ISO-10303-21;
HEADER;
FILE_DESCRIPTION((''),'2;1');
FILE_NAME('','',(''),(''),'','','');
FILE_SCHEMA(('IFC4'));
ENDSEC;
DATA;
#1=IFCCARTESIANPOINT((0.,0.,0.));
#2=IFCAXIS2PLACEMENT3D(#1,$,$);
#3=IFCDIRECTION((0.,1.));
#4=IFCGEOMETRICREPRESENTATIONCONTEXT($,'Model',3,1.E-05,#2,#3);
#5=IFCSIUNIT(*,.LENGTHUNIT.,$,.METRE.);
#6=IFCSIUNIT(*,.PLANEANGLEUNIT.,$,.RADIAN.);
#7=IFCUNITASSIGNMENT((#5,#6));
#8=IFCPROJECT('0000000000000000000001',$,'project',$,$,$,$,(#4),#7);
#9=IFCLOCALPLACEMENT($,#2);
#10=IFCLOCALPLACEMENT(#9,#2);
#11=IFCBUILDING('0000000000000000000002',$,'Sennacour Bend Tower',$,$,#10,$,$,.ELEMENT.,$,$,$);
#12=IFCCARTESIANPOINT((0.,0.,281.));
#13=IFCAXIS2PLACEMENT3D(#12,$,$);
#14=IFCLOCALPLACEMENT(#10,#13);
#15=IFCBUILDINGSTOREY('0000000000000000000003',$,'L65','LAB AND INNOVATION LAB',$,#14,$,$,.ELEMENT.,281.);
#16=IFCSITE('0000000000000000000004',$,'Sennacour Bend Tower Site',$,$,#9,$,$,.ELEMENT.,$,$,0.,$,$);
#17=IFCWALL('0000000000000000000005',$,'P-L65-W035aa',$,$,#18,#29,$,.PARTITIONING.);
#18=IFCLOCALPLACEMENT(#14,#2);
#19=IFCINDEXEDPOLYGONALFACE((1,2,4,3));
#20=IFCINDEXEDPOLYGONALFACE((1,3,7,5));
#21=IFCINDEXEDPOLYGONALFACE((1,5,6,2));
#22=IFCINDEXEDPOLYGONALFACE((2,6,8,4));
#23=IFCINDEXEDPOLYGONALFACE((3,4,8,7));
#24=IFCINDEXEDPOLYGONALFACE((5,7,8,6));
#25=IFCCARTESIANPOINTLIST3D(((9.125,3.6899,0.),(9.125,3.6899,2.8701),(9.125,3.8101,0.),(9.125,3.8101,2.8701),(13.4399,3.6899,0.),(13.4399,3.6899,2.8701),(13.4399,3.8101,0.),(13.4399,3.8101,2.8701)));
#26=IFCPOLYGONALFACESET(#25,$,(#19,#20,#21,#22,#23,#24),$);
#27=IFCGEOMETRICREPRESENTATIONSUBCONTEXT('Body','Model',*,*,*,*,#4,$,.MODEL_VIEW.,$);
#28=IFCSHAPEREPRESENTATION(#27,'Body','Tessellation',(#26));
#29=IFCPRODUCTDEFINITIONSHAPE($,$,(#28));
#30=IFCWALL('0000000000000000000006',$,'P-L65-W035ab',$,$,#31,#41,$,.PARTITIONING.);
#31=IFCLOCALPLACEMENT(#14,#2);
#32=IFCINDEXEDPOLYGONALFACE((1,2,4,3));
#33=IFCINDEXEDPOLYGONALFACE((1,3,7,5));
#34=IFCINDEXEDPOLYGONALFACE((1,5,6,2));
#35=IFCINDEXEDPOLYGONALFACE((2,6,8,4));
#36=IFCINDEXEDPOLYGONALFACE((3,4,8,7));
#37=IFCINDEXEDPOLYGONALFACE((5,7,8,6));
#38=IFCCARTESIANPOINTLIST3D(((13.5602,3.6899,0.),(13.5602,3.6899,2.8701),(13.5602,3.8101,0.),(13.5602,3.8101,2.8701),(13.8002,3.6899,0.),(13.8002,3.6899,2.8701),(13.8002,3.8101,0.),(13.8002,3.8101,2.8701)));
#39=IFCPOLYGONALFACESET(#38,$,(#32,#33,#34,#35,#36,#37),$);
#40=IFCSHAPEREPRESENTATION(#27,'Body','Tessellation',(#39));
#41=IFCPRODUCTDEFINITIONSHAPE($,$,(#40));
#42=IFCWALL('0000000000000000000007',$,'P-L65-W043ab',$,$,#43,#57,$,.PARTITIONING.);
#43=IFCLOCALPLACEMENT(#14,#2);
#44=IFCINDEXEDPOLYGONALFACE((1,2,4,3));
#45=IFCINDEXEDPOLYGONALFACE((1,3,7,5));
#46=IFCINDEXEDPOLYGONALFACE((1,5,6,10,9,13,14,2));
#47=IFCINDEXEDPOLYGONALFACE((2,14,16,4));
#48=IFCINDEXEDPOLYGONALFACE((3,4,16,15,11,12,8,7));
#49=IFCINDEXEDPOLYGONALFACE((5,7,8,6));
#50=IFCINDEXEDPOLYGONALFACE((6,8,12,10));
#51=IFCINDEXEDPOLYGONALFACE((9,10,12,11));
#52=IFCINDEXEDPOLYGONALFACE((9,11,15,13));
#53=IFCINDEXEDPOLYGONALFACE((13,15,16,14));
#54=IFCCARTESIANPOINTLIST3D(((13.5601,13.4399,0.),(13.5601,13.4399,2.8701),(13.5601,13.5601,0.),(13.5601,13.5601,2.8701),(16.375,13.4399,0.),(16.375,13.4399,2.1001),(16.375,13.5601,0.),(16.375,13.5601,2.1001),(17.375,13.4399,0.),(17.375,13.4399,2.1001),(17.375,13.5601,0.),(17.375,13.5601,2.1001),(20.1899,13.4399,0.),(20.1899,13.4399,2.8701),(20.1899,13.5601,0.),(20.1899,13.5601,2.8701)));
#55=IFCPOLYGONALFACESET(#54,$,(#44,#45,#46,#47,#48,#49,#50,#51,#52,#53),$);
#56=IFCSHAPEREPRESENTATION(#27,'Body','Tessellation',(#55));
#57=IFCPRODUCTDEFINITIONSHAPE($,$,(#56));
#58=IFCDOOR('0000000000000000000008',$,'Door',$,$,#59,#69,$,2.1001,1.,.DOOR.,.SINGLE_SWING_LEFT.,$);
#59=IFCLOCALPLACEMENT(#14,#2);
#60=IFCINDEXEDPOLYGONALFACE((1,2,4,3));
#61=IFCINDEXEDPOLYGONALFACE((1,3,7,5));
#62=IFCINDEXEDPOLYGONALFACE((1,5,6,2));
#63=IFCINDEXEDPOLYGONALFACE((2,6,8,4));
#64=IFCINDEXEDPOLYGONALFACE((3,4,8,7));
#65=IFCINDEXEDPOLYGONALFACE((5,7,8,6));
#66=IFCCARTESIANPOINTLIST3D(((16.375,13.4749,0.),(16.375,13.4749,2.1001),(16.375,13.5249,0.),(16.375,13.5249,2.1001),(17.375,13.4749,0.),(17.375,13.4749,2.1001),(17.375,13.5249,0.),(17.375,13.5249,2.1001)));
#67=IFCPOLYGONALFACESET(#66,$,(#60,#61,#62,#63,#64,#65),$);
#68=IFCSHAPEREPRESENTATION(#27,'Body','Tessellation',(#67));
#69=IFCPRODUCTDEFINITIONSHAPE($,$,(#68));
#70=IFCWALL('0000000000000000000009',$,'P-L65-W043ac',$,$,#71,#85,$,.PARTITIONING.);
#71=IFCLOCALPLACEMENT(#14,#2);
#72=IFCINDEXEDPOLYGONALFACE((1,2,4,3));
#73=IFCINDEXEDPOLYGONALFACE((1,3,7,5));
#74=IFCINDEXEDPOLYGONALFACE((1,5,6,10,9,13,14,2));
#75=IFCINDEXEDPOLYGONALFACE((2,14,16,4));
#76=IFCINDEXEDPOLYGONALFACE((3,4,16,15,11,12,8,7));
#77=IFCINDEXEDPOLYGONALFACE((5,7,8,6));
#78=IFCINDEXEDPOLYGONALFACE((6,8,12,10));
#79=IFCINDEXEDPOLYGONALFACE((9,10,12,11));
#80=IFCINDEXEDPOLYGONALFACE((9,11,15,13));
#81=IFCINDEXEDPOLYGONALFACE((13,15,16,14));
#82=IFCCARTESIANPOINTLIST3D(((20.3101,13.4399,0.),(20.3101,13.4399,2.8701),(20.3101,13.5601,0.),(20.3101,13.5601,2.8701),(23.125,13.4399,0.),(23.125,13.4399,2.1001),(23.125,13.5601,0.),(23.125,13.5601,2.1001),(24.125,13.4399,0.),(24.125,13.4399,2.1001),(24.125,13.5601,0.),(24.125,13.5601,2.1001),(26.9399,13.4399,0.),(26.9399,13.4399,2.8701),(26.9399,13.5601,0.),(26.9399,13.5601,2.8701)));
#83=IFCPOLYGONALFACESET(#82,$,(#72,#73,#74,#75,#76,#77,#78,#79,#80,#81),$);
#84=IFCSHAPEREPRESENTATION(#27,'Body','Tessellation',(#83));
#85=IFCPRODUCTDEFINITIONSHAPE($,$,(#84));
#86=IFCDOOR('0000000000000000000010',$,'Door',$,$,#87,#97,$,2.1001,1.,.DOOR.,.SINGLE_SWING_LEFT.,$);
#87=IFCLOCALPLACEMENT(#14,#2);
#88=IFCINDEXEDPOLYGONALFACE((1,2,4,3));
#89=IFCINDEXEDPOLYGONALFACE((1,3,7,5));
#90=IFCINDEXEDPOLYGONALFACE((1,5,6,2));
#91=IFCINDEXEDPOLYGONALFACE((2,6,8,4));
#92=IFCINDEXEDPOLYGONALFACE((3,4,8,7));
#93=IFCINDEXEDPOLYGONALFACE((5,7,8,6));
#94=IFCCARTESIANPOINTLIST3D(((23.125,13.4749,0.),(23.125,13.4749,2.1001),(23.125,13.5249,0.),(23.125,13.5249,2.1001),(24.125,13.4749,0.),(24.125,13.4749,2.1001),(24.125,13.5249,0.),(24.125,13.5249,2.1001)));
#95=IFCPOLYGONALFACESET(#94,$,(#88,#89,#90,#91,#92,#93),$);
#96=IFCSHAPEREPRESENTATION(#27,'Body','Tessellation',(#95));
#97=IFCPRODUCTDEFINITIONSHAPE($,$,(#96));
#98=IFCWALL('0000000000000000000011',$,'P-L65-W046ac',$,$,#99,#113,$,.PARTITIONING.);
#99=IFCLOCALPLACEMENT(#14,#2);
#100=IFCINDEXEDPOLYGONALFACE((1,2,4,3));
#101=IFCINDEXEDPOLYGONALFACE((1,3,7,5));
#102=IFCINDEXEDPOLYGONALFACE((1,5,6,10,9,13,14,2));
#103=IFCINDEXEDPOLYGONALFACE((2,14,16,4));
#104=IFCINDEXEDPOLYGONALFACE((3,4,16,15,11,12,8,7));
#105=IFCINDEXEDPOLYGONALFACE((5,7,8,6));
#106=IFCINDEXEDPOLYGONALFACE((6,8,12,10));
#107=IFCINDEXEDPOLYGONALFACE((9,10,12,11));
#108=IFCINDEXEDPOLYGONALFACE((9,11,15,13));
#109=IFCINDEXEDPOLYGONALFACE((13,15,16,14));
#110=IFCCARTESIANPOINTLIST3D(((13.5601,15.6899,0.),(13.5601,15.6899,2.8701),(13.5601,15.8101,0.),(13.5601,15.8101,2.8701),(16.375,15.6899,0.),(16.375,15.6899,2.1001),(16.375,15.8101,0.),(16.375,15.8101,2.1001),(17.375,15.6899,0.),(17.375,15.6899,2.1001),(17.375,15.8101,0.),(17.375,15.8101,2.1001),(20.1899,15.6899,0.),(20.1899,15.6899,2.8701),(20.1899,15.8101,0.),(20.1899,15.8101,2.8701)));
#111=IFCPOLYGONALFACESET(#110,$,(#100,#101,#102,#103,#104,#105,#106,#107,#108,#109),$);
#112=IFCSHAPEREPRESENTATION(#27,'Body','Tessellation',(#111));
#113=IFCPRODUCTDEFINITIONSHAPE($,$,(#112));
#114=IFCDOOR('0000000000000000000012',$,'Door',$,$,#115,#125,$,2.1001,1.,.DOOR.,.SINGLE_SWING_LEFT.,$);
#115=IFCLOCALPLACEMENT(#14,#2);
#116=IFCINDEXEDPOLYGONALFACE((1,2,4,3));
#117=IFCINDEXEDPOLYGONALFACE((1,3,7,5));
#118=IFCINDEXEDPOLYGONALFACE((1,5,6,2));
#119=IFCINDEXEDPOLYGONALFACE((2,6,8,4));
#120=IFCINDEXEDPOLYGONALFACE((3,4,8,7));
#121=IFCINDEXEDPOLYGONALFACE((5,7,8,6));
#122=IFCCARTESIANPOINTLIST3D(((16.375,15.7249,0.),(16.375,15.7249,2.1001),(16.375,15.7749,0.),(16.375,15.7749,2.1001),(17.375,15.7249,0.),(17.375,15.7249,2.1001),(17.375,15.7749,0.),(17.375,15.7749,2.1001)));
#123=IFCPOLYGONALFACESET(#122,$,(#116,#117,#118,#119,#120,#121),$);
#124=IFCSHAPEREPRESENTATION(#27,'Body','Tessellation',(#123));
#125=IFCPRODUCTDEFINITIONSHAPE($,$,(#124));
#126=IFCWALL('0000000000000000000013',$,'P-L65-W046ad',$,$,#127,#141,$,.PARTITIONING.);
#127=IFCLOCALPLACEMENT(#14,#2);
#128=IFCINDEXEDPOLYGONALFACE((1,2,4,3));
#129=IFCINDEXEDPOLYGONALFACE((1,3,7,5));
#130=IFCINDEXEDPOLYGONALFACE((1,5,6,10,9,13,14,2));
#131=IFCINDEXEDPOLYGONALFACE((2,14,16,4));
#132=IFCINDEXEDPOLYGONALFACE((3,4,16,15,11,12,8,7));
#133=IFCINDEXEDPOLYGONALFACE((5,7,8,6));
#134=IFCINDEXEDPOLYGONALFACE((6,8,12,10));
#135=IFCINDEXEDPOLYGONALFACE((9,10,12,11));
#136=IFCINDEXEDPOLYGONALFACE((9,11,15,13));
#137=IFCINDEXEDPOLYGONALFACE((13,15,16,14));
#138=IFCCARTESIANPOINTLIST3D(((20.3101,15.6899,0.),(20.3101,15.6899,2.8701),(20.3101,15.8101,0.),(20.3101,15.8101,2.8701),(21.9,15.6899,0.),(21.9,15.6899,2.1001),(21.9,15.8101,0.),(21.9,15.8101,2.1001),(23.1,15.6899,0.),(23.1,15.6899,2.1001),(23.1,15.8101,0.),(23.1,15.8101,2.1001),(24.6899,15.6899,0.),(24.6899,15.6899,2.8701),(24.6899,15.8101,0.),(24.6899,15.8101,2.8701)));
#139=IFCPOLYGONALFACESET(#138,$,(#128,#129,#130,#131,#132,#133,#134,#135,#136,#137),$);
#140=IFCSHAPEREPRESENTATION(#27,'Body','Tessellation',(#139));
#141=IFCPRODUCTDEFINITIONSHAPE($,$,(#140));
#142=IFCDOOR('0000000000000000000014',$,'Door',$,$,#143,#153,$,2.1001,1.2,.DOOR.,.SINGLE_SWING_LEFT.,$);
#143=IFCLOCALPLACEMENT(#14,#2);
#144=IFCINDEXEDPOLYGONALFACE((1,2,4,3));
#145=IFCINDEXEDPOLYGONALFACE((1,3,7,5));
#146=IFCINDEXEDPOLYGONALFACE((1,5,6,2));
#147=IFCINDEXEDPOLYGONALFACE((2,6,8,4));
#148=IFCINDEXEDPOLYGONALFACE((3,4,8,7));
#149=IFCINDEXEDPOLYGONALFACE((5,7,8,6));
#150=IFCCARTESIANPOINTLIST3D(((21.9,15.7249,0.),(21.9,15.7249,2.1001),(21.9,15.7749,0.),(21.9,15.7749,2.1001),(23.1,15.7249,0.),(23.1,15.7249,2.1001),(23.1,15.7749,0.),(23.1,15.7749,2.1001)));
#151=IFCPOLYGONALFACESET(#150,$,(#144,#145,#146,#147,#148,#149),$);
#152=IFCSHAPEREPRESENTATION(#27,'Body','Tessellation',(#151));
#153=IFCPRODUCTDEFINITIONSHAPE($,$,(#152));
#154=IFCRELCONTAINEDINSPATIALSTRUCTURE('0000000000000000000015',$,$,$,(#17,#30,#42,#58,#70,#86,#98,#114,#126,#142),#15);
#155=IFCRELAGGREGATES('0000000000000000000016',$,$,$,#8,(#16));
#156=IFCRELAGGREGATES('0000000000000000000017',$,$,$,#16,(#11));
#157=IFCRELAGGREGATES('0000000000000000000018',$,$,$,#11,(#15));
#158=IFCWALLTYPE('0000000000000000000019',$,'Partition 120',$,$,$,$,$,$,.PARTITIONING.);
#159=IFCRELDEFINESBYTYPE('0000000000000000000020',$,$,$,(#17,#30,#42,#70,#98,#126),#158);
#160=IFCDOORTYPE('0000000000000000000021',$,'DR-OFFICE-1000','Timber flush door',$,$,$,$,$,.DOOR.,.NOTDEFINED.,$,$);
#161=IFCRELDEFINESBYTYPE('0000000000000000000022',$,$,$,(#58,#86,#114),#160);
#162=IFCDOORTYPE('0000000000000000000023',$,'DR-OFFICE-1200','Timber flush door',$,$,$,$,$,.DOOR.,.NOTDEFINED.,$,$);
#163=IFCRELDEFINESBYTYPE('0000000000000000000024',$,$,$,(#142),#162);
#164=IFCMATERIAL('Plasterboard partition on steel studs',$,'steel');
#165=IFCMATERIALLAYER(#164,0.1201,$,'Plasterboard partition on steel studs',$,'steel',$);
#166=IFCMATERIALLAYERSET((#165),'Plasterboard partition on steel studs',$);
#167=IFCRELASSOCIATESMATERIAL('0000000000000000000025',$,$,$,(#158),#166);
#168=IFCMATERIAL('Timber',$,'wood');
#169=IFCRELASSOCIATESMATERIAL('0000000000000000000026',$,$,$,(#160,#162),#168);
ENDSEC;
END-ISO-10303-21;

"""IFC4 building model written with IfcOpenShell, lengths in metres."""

from ifc_helpers import new_model, si_unit, direction, frame, frame_2d, origin, place, context, subcontext, project, spatial, rectangle, extrude, material, layer, layer_set, type_object, element, fill, save


model = new_model("IFC4")

# Units and contexts
model_context = context("Model", 3, precision=1e-05, world=origin(), true_north=direction((0.0, 1.0)))
body_context = subcontext(model_context, "Body", "Model", "MODEL_VIEW")
ifc_project = project(units=[si_unit("LENGTHUNIT", "METRE"), si_unit("PLANEANGLEUNIT", "RADIAN")], contexts=[model_context])

# Site, building, storey
site_placement = place(None, origin())
site = spatial("IfcSite", under=ifc_project, at=site_placement, Name="Sennacour Bend Tower Site", CompositionType="ELEMENT", RefElevation=0.0)
building_placement = place(site_placement, origin())
building = spatial("IfcBuilding", under=site, at=building_placement, Name="Sennacour Bend Tower", CompositionType="ELEMENT")
storey_placement = place(building_placement, frame((0.0, 0.0, 281.0)))
storey = spatial("IfcBuildingStorey", under=building, at=storey_placement, Name="L65", Description="LAB AND INNOVATION LAB", CompositionType="ELEMENT", Elevation=281.0)

# Walls
ifc_material_1 = material(Name="Plasterboard partition on steel studs", Category="steel")
ifc_layer_1 = layer(ifc_material_1, 0.1201, Name="Plasterboard partition on steel studs", Category="steel")
ifc_layer_set_1 = layer_set([ifc_layer_1], Name="Plasterboard partition on steel studs")
wall_type_1 = type_object("IfcWallType", Name="Partition 120", PredefinedType="PARTITIONING", material=ifc_layer_set_1)
wall_1_placement = place(storey_placement, frame((9.125, 3.75, 0.0), z_axis=(0.0, 0.0, 1.0), x_axis=(1.0, 0.0, 0.0)))
element("IfcWall", 1, at=wall_1_placement, inside=storey, type_object=wall_type_1, Name="P-L65-W035aa", PredefinedType="PARTITIONING", context=body_context, shape_type="SweptSolid", body=[
    extrude(rectangle(XDim=4.3149, YDim=0.1201, at=frame_2d((2.1575, 0.0))), origin(), (0.0, 0.0, 1.0), 2.8701),
])
wall_2_placement = place(storey_placement, frame((13.5601, 3.75, 0.0), z_axis=(0.0, 0.0, 1.0), x_axis=(1.0, 0.0, 0.0)))
element("IfcWall", 2, at=wall_2_placement, inside=storey, type_object=wall_type_1, Name="P-L65-W035ab", PredefinedType="PARTITIONING", context=body_context, shape_type="SweptSolid", body=[
    extrude(rectangle(XDim=0.24, YDim=0.1201, at=frame_2d((0.1201, 0.0))), origin(), (0.0, 0.0, 1.0), 2.8701),
])

# Walls, openings, doors
wall_3_placement = place(storey_placement, frame((13.5601, 13.5, 0.0), z_axis=(0.0, 0.0, 1.0), x_axis=(1.0, 0.0, 0.0)))
wall_3 = element("IfcWall", 3, at=wall_3_placement, inside=storey, type_object=wall_type_1, Name="P-L65-W043ab", PredefinedType="PARTITIONING", context=body_context, shape_type="SweptSolid", body=[
    extrude(rectangle(XDim=6.6299, YDim=0.1201, at=frame_2d((3.3149, 0.0))), origin(), (0.0, 0.0, 1.0), 2.8701),
])
opening_1_placement = place(wall_3_placement, frame((2.8149, 0.0, 0.0)))
opening_1 = element("IfcOpeningElement", 4, at=opening_1_placement, cuts=wall_3, PredefinedType="OPENING", context=body_context, shape_type="SweptSolid", body=[
    extrude(rectangle(XDim=1.0, YDim=2.1001, at=frame_2d((0.5, 1.05))), frame((0.0, 0.0701, 0.0), z_axis=(0.0, -1.0, 0.0), x_axis=(1.0, 0.0, 0.0)), (0.0, 0.0, 1.0), 0.1401),
])
ifc_material_2 = material(Name="Timber", Category="wood")
door_type_1 = type_object("IfcDoorType", Name="DR-OFFICE-1000", Description="Timber flush door", OperationType="NOTDEFINED", PredefinedType="DOOR", material=ifc_material_2)
door_1_placement = place(opening_1_placement, origin())
door_1 = element("IfcDoor", 5, at=door_1_placement, inside=storey, type_object=door_type_1, Name="Door", OperationType="SINGLE_SWING_LEFT", OverallHeight=2.1001, OverallWidth=1.0, PredefinedType="DOOR", context=body_context, shape_type="SweptSolid", body=[
    extrude(rectangle(XDim=1.0, YDim=2.1001, at=frame_2d((0.5, 1.05))), frame((0.0, 0.0249, 0.0), z_axis=(0.0, -1.0, 0.0), x_axis=(1.0, 0.0, 0.0)), (0.0, 0.0, 1.0), 0.05),
])
fill(opening_1, door_1)
wall_4_placement = place(storey_placement, frame((20.3101, 13.5, 0.0), z_axis=(0.0, 0.0, 1.0), x_axis=(1.0, 0.0, 0.0)))
wall_4 = element("IfcWall", 6, at=wall_4_placement, inside=storey, type_object=wall_type_1, Name="P-L65-W043ac", PredefinedType="PARTITIONING", context=body_context, shape_type="SweptSolid", body=[
    extrude(rectangle(XDim=6.6299, YDim=0.1201, at=frame_2d((3.3149, 0.0))), origin(), (0.0, 0.0, 1.0), 2.8701),
])
opening_2_placement = place(wall_4_placement, frame((2.8149, 0.0, 0.0)))
opening_2 = element("IfcOpeningElement", 7, at=opening_2_placement, cuts=wall_4, PredefinedType="OPENING", context=body_context, shape_type="SweptSolid", body=[
    extrude(rectangle(XDim=1.0, YDim=2.1001, at=frame_2d((0.5, 1.05))), frame((0.0, 0.0701, 0.0), z_axis=(0.0, -1.0, 0.0), x_axis=(1.0, 0.0, 0.0)), (0.0, 0.0, 1.0), 0.1401),
])
door_2_placement = place(opening_2_placement, origin())
door_2 = element("IfcDoor", 8, at=door_2_placement, inside=storey, type_object=door_type_1, Name="Door", OperationType="SINGLE_SWING_LEFT", OverallHeight=2.1001, OverallWidth=1.0, PredefinedType="DOOR", context=body_context, shape_type="SweptSolid", body=[
    extrude(rectangle(XDim=1.0, YDim=2.1001, at=frame_2d((0.5, 1.05))), frame((0.0, 0.0249, 0.0), z_axis=(0.0, -1.0, 0.0), x_axis=(1.0, 0.0, 0.0)), (0.0, 0.0, 1.0), 0.05),
])
fill(opening_2, door_2)
wall_5_placement = place(storey_placement, frame((13.5601, 15.75, 0.0), z_axis=(0.0, 0.0, 1.0), x_axis=(1.0, 0.0, 0.0)))
wall_5 = element("IfcWall", 9, at=wall_5_placement, inside=storey, type_object=wall_type_1, Name="P-L65-W046ac", PredefinedType="PARTITIONING", context=body_context, shape_type="SweptSolid", body=[
    extrude(rectangle(XDim=6.6299, YDim=0.1201, at=frame_2d((3.3149, 0.0))), origin(), (0.0, 0.0, 1.0), 2.8701),
])
opening_3_placement = place(wall_5_placement, frame((2.8149, 0.0, 0.0)))
opening_3 = element("IfcOpeningElement", 10, at=opening_3_placement, cuts=wall_5, PredefinedType="OPENING", context=body_context, shape_type="SweptSolid", body=[
    extrude(rectangle(XDim=1.0, YDim=2.1001, at=frame_2d((0.5, 1.05))), frame((0.0, 0.0701, 0.0), z_axis=(0.0, -1.0, 0.0), x_axis=(1.0, 0.0, 0.0)), (0.0, 0.0, 1.0), 0.1401),
])
door_3_placement = place(opening_3_placement, origin())
door_3 = element("IfcDoor", 11, at=door_3_placement, inside=storey, type_object=door_type_1, Name="Door", OperationType="SINGLE_SWING_LEFT", OverallHeight=2.1001, OverallWidth=1.0, PredefinedType="DOOR", context=body_context, shape_type="SweptSolid", body=[
    extrude(rectangle(XDim=1.0, YDim=2.1001, at=frame_2d((0.5, 1.05))), frame((0.0, 0.0249, 0.0), z_axis=(0.0, -1.0, 0.0), x_axis=(1.0, 0.0, 0.0)), (0.0, 0.0, 1.0), 0.05),
])
fill(opening_3, door_3)
wall_6_placement = place(storey_placement, frame((20.3101, 15.75, 0.0), z_axis=(0.0, 0.0, 1.0), x_axis=(1.0, 0.0, 0.0)))
wall_6 = element("IfcWall", 12, at=wall_6_placement, inside=storey, type_object=wall_type_1, Name="P-L65-W046ad", PredefinedType="PARTITIONING", context=body_context, shape_type="SweptSolid", body=[
    extrude(rectangle(XDim=4.3799, YDim=0.1201, at=frame_2d((2.1899, 0.0))), origin(), (0.0, 0.0, 1.0), 2.8701),
])
opening_4_placement = place(wall_6_placement, frame((1.5898, 0.0, 0.0)))
opening_4 = element("IfcOpeningElement", 13, at=opening_4_placement, cuts=wall_6, PredefinedType="OPENING", context=body_context, shape_type="SweptSolid", body=[
    extrude(rectangle(XDim=1.2, YDim=2.1001, at=frame_2d((0.6001, 1.05))), frame((0.0, 0.0701, 0.0), z_axis=(0.0, -1.0, 0.0), x_axis=(1.0, 0.0, 0.0)), (0.0, 0.0, 1.0), 0.1401),
])
door_type_2 = type_object("IfcDoorType", Name="DR-OFFICE-1200", Description="Timber flush door", OperationType="NOTDEFINED", PredefinedType="DOOR", material=ifc_material_2)
door_4_placement = place(opening_4_placement, origin())
door_4 = element("IfcDoor", 14, at=door_4_placement, inside=storey, type_object=door_type_2, Name="Door", OperationType="SINGLE_SWING_LEFT", OverallHeight=2.1001, OverallWidth=1.2, PredefinedType="DOOR", context=body_context, shape_type="SweptSolid", body=[
    extrude(rectangle(XDim=1.2, YDim=2.1001, at=frame_2d((0.6001, 1.05))), frame((0.0, 0.0249, 0.0), z_axis=(0.0, -1.0, 0.0), x_axis=(1.0, 0.0, 0.0)), (0.0, 0.0, 1.0), 0.05),
])
fill(opening_4, door_4)

save(model, "model.ifc")
